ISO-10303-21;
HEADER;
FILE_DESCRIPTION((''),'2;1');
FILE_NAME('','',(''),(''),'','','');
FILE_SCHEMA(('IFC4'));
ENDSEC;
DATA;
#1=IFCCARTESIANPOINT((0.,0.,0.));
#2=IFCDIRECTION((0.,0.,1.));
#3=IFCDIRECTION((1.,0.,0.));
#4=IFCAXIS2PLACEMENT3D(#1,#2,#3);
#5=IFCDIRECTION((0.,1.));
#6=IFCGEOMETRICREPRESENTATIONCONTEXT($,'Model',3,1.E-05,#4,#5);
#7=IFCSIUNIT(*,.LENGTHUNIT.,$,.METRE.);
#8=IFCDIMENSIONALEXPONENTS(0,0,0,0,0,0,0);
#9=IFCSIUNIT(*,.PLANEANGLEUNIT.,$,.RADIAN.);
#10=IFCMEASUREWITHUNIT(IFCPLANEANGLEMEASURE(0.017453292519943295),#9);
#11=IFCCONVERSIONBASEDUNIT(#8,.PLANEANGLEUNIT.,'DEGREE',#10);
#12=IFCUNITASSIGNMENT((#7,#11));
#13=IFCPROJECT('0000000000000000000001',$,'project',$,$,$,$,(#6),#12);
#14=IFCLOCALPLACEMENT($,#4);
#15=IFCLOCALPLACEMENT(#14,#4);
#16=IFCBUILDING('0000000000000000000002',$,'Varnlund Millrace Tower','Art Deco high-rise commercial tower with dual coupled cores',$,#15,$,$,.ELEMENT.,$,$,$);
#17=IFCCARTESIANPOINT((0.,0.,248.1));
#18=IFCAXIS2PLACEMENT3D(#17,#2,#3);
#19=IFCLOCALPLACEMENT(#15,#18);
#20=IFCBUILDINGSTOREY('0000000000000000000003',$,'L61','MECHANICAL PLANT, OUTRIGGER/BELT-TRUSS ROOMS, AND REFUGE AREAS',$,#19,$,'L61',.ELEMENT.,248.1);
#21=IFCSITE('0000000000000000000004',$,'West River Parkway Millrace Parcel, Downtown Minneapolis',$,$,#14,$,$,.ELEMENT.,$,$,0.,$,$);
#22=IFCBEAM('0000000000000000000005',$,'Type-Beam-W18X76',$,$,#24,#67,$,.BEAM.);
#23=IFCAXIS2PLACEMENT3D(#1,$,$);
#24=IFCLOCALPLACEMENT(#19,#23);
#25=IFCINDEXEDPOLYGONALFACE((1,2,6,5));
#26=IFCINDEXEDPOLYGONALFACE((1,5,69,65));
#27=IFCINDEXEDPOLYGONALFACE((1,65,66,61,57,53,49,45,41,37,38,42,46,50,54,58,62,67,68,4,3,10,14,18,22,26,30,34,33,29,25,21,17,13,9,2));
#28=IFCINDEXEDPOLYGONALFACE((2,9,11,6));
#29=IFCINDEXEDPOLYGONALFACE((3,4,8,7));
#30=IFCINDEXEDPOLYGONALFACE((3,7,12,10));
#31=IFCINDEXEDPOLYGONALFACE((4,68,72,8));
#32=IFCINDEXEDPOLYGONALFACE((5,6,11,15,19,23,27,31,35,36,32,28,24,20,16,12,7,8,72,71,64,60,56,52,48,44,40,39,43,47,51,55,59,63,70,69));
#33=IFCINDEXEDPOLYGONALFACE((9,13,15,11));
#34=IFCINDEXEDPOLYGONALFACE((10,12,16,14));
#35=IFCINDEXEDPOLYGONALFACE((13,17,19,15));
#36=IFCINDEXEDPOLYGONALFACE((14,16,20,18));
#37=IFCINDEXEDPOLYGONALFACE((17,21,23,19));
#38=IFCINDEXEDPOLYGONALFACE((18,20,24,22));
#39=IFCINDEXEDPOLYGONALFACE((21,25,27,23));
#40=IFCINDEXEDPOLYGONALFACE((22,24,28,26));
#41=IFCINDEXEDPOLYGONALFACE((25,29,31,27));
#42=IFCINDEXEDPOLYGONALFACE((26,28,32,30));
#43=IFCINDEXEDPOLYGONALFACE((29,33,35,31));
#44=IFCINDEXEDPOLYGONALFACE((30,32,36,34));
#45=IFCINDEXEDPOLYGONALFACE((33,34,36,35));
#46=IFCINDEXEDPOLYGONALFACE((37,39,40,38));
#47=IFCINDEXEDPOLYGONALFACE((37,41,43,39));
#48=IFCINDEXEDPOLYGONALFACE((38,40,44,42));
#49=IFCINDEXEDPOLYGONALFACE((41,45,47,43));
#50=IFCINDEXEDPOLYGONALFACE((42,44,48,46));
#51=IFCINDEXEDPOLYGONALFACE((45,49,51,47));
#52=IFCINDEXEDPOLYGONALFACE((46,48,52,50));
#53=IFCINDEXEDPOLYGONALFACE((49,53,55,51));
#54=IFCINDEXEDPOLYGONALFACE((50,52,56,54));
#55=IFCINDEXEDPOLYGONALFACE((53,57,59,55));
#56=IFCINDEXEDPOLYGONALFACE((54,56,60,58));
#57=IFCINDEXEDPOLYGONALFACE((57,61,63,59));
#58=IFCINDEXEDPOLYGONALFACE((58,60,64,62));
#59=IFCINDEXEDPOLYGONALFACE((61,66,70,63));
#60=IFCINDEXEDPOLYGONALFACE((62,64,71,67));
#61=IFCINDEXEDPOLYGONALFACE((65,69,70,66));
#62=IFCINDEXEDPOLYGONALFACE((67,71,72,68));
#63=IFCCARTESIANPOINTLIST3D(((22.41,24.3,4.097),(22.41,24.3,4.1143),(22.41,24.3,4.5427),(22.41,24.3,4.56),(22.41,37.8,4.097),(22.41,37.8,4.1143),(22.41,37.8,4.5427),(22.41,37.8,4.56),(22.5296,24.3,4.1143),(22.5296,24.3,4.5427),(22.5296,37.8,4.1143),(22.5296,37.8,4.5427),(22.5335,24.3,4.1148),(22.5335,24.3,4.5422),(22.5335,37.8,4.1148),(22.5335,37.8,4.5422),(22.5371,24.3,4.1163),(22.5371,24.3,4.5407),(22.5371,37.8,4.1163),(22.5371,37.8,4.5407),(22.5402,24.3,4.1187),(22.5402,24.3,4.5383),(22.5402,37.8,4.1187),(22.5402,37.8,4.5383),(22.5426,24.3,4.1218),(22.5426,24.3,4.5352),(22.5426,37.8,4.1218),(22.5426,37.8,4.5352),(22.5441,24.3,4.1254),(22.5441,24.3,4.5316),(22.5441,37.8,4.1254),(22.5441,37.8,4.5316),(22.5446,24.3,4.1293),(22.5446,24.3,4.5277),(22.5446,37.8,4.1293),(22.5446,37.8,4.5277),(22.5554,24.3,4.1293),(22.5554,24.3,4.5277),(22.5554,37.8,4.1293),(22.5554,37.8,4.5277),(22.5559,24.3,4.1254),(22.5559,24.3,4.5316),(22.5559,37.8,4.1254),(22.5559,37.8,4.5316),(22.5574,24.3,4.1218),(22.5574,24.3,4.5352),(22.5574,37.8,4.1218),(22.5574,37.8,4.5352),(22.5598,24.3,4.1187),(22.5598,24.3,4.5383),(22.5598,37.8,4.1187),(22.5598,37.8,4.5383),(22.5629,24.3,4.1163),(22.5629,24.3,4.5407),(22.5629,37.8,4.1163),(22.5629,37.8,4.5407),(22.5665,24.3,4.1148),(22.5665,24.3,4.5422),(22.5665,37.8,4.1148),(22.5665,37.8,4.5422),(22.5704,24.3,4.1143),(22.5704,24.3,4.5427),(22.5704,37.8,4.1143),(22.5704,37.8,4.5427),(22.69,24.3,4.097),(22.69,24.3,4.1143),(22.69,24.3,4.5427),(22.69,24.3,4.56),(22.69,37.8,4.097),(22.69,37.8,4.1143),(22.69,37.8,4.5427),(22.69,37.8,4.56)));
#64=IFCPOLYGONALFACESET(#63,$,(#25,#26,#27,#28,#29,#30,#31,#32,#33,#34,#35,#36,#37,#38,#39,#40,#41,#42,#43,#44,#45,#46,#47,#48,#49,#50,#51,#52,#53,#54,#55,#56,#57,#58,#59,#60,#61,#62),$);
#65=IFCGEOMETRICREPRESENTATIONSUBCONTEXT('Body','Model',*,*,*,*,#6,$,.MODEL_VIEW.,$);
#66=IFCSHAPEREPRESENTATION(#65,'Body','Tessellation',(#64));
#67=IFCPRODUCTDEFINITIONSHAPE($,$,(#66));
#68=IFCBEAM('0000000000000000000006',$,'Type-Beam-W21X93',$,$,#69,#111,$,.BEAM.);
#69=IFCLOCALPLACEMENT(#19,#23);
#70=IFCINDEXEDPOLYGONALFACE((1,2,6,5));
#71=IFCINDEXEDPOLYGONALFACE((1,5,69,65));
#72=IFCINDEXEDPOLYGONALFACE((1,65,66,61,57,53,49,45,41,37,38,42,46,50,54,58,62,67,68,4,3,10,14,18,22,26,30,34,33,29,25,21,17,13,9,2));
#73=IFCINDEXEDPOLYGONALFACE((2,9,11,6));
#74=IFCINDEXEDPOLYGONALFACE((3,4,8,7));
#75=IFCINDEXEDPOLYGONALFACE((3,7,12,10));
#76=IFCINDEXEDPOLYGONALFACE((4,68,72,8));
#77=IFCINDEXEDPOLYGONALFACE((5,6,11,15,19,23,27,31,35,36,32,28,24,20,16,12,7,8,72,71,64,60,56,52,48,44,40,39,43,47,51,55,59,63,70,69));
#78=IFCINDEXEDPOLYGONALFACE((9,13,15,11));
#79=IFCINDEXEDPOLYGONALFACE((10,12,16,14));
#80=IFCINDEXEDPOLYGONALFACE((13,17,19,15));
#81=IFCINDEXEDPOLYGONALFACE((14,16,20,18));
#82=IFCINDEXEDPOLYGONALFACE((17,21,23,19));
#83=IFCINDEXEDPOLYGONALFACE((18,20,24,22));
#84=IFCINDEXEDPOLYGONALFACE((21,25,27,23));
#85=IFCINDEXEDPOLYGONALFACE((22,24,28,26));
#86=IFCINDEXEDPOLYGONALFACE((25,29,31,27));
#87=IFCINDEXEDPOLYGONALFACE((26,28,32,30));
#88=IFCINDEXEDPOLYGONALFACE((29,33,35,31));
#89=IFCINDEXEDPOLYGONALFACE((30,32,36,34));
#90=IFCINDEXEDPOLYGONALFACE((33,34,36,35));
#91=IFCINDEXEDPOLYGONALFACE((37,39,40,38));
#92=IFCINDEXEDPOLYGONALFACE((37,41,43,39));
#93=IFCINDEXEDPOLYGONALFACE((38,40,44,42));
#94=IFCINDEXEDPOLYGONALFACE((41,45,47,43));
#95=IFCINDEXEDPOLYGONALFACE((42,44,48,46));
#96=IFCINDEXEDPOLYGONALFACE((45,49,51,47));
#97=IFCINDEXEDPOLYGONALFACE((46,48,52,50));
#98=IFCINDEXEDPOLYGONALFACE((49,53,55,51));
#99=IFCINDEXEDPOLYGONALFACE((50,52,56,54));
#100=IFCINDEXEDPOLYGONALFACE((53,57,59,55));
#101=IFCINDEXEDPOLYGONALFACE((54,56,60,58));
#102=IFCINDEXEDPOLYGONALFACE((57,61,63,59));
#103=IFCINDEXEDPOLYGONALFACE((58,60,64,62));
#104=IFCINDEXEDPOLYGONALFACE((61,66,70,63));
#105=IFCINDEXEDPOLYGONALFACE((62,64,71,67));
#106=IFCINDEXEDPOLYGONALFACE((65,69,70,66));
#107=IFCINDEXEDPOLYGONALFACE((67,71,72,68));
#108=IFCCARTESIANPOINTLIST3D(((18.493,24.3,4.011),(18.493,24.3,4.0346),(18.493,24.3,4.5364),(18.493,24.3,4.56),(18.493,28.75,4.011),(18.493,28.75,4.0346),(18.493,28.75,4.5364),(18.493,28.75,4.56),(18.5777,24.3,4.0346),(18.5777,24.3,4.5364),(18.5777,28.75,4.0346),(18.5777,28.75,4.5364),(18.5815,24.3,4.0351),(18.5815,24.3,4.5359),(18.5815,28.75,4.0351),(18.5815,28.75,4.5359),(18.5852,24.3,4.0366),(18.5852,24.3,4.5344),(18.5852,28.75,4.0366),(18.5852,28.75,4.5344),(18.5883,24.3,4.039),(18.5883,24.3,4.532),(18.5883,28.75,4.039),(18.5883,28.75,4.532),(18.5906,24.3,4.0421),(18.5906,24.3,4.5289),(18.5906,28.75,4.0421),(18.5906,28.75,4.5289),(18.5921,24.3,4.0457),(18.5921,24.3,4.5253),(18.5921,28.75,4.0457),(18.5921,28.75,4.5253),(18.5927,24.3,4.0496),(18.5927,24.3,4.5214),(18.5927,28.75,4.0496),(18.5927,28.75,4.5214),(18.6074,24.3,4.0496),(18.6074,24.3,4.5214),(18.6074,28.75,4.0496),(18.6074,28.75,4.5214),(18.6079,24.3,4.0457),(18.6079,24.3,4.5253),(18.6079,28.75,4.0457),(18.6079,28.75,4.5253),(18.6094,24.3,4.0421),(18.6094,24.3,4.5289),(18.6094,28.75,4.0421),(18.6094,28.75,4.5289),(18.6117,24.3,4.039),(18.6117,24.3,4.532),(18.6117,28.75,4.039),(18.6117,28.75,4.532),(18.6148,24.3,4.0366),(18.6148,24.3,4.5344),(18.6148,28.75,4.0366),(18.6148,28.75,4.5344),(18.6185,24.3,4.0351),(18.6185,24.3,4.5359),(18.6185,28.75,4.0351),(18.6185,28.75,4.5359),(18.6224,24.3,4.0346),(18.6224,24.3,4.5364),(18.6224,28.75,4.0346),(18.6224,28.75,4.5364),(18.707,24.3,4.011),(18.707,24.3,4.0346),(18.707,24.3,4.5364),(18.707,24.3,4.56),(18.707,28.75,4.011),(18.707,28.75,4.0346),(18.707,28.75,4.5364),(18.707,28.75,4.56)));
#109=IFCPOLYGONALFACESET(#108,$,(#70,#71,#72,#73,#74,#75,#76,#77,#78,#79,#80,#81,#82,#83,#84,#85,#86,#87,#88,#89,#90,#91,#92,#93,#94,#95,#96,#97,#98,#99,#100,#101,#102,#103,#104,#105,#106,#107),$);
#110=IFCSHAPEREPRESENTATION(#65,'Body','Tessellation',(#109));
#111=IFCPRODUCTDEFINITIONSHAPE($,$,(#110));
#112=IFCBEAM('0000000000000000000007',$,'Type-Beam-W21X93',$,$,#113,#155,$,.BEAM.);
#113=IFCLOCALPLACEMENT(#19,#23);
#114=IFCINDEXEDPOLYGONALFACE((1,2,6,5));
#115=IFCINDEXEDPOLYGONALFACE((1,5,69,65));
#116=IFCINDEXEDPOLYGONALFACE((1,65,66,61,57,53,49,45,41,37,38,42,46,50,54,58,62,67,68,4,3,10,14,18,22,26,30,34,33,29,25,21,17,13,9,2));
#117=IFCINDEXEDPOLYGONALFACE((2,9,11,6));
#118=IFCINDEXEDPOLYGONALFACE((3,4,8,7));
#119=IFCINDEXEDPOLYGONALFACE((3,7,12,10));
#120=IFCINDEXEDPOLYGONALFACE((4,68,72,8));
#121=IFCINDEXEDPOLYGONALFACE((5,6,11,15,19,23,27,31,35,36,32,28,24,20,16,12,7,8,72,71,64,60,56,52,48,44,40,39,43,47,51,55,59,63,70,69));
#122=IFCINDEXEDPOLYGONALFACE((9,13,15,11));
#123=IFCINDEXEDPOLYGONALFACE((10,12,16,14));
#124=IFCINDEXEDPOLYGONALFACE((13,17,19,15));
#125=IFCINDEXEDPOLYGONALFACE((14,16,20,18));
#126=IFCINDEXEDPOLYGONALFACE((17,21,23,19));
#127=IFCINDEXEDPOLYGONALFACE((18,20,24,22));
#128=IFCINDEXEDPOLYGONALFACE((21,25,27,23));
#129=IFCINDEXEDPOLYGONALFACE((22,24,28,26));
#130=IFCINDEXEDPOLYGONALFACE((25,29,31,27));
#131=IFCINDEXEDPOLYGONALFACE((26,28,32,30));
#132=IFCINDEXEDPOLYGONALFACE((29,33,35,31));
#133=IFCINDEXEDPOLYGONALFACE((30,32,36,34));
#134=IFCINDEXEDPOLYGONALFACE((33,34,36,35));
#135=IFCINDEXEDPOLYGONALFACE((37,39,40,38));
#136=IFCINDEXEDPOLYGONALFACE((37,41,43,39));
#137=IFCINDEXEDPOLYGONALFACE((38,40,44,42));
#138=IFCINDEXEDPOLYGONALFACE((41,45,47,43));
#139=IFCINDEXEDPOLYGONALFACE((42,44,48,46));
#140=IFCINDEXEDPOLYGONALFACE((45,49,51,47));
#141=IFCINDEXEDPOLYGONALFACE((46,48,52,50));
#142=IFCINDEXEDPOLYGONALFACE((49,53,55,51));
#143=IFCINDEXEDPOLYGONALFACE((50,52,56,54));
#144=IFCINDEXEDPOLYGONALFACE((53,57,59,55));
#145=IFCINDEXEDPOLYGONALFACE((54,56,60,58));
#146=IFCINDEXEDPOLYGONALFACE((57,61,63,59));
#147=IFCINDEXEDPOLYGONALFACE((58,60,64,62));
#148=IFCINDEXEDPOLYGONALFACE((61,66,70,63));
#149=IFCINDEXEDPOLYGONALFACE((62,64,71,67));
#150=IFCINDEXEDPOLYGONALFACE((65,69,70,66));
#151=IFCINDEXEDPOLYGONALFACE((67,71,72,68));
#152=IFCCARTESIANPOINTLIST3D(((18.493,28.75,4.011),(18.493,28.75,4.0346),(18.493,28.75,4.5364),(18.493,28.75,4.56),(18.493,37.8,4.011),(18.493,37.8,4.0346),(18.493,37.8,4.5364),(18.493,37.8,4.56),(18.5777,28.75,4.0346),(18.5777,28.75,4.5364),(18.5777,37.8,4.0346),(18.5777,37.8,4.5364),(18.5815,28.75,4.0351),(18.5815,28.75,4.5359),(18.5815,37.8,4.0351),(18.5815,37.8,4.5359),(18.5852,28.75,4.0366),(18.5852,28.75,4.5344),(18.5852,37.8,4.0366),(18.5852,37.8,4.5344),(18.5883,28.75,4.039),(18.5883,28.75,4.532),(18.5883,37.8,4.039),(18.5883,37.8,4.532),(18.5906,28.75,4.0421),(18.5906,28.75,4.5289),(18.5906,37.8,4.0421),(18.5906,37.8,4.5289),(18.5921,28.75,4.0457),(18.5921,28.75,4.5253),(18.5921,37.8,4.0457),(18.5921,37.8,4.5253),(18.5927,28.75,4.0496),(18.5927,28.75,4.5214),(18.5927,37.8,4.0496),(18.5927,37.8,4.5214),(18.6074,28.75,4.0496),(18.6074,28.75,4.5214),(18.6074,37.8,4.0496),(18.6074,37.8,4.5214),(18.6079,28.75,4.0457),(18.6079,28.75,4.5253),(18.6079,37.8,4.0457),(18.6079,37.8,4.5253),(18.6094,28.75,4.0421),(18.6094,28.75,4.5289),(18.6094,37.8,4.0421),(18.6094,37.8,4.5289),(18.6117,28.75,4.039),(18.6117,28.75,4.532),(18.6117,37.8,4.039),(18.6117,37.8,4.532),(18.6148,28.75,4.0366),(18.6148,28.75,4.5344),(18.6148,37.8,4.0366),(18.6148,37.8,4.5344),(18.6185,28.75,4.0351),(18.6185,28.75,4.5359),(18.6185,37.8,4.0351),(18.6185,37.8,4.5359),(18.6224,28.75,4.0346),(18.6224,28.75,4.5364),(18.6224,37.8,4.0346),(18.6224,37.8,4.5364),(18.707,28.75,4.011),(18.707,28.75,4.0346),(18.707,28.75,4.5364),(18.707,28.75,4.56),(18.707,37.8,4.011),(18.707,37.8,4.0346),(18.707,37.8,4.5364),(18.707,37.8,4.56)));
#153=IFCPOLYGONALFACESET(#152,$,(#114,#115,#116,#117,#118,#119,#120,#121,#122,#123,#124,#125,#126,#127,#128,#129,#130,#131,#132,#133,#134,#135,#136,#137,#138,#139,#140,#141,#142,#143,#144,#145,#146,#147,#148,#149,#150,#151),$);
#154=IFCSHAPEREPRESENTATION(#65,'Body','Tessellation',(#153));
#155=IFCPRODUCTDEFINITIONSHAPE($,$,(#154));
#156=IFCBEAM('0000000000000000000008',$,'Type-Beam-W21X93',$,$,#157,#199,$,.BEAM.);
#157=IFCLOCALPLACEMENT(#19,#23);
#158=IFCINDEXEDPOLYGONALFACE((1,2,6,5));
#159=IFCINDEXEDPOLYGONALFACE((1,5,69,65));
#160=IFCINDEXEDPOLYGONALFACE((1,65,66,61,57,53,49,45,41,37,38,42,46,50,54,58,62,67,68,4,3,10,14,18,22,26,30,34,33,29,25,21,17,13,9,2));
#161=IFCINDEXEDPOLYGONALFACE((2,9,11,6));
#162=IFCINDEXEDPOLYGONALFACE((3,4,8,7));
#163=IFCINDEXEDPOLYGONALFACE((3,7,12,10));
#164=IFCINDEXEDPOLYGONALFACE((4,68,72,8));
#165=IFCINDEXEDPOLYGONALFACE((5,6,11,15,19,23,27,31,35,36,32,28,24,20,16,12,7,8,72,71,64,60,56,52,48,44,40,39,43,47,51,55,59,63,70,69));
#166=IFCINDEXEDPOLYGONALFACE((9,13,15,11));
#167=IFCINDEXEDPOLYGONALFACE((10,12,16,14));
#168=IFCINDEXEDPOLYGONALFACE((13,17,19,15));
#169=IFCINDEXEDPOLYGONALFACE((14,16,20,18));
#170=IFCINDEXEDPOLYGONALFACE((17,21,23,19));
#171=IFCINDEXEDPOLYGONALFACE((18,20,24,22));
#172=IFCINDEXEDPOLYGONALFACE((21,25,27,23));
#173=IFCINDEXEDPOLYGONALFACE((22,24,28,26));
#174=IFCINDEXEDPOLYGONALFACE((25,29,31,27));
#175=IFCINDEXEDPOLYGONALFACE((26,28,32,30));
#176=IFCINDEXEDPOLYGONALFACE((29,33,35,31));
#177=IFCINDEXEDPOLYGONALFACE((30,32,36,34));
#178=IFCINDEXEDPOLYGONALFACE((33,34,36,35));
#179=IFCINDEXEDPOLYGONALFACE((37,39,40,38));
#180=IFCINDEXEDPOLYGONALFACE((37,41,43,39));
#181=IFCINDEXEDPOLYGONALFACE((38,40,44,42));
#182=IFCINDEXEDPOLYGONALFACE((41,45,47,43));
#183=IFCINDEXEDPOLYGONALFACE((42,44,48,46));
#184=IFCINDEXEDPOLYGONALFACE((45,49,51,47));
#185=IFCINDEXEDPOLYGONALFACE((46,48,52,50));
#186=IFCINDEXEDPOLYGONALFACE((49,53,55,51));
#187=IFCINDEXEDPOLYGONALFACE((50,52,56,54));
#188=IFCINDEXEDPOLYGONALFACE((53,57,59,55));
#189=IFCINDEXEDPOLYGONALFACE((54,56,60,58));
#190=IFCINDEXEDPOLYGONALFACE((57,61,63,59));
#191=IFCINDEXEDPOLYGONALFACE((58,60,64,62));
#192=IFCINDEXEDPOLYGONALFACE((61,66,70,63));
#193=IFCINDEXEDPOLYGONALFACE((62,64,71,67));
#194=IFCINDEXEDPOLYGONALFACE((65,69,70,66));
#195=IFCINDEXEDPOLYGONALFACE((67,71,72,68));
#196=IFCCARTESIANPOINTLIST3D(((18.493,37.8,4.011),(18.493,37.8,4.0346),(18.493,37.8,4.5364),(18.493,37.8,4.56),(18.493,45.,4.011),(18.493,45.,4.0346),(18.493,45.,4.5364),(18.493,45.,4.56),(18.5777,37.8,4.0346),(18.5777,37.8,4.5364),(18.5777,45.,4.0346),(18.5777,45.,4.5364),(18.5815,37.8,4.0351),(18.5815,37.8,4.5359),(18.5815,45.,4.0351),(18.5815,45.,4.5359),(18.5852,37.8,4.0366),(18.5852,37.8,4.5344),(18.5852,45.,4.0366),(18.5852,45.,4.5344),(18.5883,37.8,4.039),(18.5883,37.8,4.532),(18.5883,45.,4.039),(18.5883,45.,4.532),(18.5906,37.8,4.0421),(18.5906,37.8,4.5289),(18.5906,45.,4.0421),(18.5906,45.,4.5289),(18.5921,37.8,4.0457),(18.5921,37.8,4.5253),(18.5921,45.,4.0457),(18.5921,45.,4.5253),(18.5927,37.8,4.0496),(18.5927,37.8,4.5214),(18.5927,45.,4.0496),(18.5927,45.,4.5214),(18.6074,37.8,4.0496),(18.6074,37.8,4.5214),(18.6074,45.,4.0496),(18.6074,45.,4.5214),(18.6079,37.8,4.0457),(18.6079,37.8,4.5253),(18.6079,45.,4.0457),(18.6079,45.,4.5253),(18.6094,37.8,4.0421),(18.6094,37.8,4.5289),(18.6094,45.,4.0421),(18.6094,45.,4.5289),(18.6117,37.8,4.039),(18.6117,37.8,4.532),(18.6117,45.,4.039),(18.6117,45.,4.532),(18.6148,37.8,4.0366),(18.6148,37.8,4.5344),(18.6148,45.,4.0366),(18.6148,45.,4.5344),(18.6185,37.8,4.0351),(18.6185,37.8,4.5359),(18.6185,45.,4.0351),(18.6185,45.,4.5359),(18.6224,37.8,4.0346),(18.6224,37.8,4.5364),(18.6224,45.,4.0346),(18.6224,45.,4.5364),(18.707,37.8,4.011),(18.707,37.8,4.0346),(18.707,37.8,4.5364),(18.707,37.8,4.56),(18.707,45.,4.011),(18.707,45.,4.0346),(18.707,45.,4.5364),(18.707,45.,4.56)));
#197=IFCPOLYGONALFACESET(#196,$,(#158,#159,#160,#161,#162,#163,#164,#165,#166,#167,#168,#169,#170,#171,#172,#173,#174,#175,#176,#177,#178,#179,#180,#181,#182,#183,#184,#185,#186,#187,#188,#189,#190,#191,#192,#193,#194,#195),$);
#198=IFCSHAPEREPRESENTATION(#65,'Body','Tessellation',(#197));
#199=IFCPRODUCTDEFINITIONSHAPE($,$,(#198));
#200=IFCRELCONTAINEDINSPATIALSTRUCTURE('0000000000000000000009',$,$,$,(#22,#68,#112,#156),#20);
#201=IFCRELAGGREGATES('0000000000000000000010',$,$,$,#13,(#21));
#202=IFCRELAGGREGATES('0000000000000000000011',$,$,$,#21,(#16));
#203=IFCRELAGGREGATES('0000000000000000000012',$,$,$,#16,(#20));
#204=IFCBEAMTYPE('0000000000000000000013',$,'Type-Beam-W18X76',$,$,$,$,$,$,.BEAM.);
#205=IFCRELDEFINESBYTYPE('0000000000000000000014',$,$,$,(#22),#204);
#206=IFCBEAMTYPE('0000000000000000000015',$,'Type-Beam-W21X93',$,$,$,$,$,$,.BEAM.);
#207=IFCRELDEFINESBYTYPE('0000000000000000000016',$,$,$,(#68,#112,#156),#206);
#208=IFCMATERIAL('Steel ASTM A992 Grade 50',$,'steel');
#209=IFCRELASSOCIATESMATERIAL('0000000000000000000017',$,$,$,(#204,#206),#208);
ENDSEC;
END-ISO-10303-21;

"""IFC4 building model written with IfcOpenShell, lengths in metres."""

from ifc_helpers import new_model, entity, si_unit, converted_unit, direction, frame, origin_with_axes, origin_2d_with_axis, place, context, subcontext, project, spatial, i_section, extrude, material, material_profile, profile_set, type_object, element, save


model = new_model("IFC4")

# Units and contexts
model_context = context("Model", 3, precision=1e-05, world=origin_with_axes(), true_north=direction((0.0, 1.0)))
body_context = subcontext(model_context, "Body", "Model", "MODEL_VIEW")
ifc_project = project(units=[si_unit("LENGTHUNIT", "METRE"), converted_unit("PLANEANGLEUNIT", "DEGREE", entity("IfcPlaneAngleMeasure", 0.017453292519943295), si_unit("PLANEANGLEUNIT", "RADIAN"), dimensions=[0, 0, 0, 0, 0, 0, 0])], contexts=[model_context])

# Site, building, storey
site_placement = place(None, origin_with_axes())
site = spatial("IfcSite", under=ifc_project, at=site_placement, Name="West River Parkway Millrace Parcel, Downtown Minneapolis", CompositionType="ELEMENT", RefElevation=0.0)
building_placement = place(site_placement, origin_with_axes())
building = spatial("IfcBuilding", under=site, at=building_placement, Name="Varnlund Millrace Tower", Description="Art Deco high-rise commercial tower with dual coupled cores", CompositionType="ELEMENT")
storey_placement = place(building_placement, frame((0.0, 0.0, 248.1), z_axis=(0.0, 0.0, 1.0), x_axis=(1.0, 0.0, 0.0)))
storey = spatial("IfcBuildingStorey", under=building, at=storey_placement, Name="L61", Description="MECHANICAL PLANT, OUTRIGGER/BELT-TRUSS ROOMS, AND REFUGE AREAS", LongName="L61", CompositionType="ELEMENT", Elevation=248.1)

# Beams
ifc_material_1 = material(Name="Steel ASTM A992 Grade 50", Category="steel")
ifc_material_profile_1 = material_profile(ifc_material_1, i_section(OverallWidth=0.28, OverallDepth=0.463, WebThickness=0.0108, FlangeThickness=0.0173, FilletRadius=0.015, at=origin_2d_with_axis()), Name="Steel ASTM A992 Grade 50")
ifc_profile_set_1 = profile_set([ifc_material_profile_1], Name="Steel ASTM A992 Grade 50")
beam_type_1 = type_object("IfcBeamType", Name="Type-Beam-W18X76", PredefinedType="BEAM", material=ifc_profile_set_1)
beam_1_placement = place(storey_placement, frame((22.55, 24.3, 4.3285), z_axis=(0.0, 1.0, 0.0), x_axis=(-1.0, 0.0, 0.0)))
element("IfcBeam", 1, at=beam_1_placement, inside=storey, type_object=beam_type_1, Name="Type-Beam-W18X76", PredefinedType="BEAM", context=body_context, shape_type="SweptSolid", body=[
    extrude(i_section(OverallWidth=0.28, OverallDepth=0.463, WebThickness=0.0108, FlangeThickness=0.0173, FilletRadius=0.015, at=origin_2d_with_axis()), origin_with_axes(), (0.0, 0.0, 1.0), 13.5),
])
ifc_material_profile_2 = material_profile(ifc_material_1, i_section(OverallWidth=0.214, OverallDepth=0.549, WebThickness=0.0147, FlangeThickness=0.0236, FilletRadius=0.015, at=origin_2d_with_axis()), Name="Steel ASTM A992 Grade 50")
ifc_profile_set_2 = profile_set([ifc_material_profile_2], Name="Steel ASTM A992 Grade 50")
beam_type_2 = type_object("IfcBeamType", Name="Type-Beam-W21X93", PredefinedType="BEAM", material=ifc_profile_set_2)
beam_2_placement = place(storey_placement, frame((18.6, 24.3, 4.2855), z_axis=(0.0, 1.0, 0.0), x_axis=(-1.0, 0.0, 0.0)))
element("IfcBeam", 2, at=beam_2_placement, inside=storey, type_object=beam_type_2, Name="Type-Beam-W21X93", PredefinedType="BEAM", context=body_context, shape_type="SweptSolid", body=[
    extrude(i_section(OverallWidth=0.214, OverallDepth=0.549, WebThickness=0.0147, FlangeThickness=0.0236, FilletRadius=0.015, at=origin_2d_with_axis()), origin_with_axes(), (0.0, 0.0, 1.0), 4.45),
])
beam_3_placement = place(storey_placement, frame((18.6, 28.75, 4.2855), z_axis=(0.0, 1.0, 0.0), x_axis=(-1.0, 0.0, 0.0)))
element("IfcBeam", 3, at=beam_3_placement, inside=storey, type_object=beam_type_2, Name="Type-Beam-W21X93", PredefinedType="BEAM", context=body_context, shape_type="SweptSolid", body=[
    extrude(i_section(OverallWidth=0.214, OverallDepth=0.549, WebThickness=0.0147, FlangeThickness=0.0236, FilletRadius=0.015, at=origin_2d_with_axis()), origin_with_axes(), (0.0, 0.0, 1.0), 9.05),
])
beam_4_placement = place(storey_placement, frame((18.6, 37.8, 4.2855), z_axis=(0.0, 1.0, 0.0), x_axis=(-1.0, 0.0, 0.0)))
element("IfcBeam", 4, at=beam_4_placement, inside=storey, type_object=beam_type_2, Name="Type-Beam-W21X93", PredefinedType="BEAM", context=body_context, shape_type="SweptSolid", body=[
    extrude(i_section(OverallWidth=0.214, OverallDepth=0.549, WebThickness=0.0147, FlangeThickness=0.0236, FilletRadius=0.015, at=origin_2d_with_axis()), origin_with_axes(), (0.0, 0.0, 1.0), 7.2),
])

save(model, "model.ifc")
